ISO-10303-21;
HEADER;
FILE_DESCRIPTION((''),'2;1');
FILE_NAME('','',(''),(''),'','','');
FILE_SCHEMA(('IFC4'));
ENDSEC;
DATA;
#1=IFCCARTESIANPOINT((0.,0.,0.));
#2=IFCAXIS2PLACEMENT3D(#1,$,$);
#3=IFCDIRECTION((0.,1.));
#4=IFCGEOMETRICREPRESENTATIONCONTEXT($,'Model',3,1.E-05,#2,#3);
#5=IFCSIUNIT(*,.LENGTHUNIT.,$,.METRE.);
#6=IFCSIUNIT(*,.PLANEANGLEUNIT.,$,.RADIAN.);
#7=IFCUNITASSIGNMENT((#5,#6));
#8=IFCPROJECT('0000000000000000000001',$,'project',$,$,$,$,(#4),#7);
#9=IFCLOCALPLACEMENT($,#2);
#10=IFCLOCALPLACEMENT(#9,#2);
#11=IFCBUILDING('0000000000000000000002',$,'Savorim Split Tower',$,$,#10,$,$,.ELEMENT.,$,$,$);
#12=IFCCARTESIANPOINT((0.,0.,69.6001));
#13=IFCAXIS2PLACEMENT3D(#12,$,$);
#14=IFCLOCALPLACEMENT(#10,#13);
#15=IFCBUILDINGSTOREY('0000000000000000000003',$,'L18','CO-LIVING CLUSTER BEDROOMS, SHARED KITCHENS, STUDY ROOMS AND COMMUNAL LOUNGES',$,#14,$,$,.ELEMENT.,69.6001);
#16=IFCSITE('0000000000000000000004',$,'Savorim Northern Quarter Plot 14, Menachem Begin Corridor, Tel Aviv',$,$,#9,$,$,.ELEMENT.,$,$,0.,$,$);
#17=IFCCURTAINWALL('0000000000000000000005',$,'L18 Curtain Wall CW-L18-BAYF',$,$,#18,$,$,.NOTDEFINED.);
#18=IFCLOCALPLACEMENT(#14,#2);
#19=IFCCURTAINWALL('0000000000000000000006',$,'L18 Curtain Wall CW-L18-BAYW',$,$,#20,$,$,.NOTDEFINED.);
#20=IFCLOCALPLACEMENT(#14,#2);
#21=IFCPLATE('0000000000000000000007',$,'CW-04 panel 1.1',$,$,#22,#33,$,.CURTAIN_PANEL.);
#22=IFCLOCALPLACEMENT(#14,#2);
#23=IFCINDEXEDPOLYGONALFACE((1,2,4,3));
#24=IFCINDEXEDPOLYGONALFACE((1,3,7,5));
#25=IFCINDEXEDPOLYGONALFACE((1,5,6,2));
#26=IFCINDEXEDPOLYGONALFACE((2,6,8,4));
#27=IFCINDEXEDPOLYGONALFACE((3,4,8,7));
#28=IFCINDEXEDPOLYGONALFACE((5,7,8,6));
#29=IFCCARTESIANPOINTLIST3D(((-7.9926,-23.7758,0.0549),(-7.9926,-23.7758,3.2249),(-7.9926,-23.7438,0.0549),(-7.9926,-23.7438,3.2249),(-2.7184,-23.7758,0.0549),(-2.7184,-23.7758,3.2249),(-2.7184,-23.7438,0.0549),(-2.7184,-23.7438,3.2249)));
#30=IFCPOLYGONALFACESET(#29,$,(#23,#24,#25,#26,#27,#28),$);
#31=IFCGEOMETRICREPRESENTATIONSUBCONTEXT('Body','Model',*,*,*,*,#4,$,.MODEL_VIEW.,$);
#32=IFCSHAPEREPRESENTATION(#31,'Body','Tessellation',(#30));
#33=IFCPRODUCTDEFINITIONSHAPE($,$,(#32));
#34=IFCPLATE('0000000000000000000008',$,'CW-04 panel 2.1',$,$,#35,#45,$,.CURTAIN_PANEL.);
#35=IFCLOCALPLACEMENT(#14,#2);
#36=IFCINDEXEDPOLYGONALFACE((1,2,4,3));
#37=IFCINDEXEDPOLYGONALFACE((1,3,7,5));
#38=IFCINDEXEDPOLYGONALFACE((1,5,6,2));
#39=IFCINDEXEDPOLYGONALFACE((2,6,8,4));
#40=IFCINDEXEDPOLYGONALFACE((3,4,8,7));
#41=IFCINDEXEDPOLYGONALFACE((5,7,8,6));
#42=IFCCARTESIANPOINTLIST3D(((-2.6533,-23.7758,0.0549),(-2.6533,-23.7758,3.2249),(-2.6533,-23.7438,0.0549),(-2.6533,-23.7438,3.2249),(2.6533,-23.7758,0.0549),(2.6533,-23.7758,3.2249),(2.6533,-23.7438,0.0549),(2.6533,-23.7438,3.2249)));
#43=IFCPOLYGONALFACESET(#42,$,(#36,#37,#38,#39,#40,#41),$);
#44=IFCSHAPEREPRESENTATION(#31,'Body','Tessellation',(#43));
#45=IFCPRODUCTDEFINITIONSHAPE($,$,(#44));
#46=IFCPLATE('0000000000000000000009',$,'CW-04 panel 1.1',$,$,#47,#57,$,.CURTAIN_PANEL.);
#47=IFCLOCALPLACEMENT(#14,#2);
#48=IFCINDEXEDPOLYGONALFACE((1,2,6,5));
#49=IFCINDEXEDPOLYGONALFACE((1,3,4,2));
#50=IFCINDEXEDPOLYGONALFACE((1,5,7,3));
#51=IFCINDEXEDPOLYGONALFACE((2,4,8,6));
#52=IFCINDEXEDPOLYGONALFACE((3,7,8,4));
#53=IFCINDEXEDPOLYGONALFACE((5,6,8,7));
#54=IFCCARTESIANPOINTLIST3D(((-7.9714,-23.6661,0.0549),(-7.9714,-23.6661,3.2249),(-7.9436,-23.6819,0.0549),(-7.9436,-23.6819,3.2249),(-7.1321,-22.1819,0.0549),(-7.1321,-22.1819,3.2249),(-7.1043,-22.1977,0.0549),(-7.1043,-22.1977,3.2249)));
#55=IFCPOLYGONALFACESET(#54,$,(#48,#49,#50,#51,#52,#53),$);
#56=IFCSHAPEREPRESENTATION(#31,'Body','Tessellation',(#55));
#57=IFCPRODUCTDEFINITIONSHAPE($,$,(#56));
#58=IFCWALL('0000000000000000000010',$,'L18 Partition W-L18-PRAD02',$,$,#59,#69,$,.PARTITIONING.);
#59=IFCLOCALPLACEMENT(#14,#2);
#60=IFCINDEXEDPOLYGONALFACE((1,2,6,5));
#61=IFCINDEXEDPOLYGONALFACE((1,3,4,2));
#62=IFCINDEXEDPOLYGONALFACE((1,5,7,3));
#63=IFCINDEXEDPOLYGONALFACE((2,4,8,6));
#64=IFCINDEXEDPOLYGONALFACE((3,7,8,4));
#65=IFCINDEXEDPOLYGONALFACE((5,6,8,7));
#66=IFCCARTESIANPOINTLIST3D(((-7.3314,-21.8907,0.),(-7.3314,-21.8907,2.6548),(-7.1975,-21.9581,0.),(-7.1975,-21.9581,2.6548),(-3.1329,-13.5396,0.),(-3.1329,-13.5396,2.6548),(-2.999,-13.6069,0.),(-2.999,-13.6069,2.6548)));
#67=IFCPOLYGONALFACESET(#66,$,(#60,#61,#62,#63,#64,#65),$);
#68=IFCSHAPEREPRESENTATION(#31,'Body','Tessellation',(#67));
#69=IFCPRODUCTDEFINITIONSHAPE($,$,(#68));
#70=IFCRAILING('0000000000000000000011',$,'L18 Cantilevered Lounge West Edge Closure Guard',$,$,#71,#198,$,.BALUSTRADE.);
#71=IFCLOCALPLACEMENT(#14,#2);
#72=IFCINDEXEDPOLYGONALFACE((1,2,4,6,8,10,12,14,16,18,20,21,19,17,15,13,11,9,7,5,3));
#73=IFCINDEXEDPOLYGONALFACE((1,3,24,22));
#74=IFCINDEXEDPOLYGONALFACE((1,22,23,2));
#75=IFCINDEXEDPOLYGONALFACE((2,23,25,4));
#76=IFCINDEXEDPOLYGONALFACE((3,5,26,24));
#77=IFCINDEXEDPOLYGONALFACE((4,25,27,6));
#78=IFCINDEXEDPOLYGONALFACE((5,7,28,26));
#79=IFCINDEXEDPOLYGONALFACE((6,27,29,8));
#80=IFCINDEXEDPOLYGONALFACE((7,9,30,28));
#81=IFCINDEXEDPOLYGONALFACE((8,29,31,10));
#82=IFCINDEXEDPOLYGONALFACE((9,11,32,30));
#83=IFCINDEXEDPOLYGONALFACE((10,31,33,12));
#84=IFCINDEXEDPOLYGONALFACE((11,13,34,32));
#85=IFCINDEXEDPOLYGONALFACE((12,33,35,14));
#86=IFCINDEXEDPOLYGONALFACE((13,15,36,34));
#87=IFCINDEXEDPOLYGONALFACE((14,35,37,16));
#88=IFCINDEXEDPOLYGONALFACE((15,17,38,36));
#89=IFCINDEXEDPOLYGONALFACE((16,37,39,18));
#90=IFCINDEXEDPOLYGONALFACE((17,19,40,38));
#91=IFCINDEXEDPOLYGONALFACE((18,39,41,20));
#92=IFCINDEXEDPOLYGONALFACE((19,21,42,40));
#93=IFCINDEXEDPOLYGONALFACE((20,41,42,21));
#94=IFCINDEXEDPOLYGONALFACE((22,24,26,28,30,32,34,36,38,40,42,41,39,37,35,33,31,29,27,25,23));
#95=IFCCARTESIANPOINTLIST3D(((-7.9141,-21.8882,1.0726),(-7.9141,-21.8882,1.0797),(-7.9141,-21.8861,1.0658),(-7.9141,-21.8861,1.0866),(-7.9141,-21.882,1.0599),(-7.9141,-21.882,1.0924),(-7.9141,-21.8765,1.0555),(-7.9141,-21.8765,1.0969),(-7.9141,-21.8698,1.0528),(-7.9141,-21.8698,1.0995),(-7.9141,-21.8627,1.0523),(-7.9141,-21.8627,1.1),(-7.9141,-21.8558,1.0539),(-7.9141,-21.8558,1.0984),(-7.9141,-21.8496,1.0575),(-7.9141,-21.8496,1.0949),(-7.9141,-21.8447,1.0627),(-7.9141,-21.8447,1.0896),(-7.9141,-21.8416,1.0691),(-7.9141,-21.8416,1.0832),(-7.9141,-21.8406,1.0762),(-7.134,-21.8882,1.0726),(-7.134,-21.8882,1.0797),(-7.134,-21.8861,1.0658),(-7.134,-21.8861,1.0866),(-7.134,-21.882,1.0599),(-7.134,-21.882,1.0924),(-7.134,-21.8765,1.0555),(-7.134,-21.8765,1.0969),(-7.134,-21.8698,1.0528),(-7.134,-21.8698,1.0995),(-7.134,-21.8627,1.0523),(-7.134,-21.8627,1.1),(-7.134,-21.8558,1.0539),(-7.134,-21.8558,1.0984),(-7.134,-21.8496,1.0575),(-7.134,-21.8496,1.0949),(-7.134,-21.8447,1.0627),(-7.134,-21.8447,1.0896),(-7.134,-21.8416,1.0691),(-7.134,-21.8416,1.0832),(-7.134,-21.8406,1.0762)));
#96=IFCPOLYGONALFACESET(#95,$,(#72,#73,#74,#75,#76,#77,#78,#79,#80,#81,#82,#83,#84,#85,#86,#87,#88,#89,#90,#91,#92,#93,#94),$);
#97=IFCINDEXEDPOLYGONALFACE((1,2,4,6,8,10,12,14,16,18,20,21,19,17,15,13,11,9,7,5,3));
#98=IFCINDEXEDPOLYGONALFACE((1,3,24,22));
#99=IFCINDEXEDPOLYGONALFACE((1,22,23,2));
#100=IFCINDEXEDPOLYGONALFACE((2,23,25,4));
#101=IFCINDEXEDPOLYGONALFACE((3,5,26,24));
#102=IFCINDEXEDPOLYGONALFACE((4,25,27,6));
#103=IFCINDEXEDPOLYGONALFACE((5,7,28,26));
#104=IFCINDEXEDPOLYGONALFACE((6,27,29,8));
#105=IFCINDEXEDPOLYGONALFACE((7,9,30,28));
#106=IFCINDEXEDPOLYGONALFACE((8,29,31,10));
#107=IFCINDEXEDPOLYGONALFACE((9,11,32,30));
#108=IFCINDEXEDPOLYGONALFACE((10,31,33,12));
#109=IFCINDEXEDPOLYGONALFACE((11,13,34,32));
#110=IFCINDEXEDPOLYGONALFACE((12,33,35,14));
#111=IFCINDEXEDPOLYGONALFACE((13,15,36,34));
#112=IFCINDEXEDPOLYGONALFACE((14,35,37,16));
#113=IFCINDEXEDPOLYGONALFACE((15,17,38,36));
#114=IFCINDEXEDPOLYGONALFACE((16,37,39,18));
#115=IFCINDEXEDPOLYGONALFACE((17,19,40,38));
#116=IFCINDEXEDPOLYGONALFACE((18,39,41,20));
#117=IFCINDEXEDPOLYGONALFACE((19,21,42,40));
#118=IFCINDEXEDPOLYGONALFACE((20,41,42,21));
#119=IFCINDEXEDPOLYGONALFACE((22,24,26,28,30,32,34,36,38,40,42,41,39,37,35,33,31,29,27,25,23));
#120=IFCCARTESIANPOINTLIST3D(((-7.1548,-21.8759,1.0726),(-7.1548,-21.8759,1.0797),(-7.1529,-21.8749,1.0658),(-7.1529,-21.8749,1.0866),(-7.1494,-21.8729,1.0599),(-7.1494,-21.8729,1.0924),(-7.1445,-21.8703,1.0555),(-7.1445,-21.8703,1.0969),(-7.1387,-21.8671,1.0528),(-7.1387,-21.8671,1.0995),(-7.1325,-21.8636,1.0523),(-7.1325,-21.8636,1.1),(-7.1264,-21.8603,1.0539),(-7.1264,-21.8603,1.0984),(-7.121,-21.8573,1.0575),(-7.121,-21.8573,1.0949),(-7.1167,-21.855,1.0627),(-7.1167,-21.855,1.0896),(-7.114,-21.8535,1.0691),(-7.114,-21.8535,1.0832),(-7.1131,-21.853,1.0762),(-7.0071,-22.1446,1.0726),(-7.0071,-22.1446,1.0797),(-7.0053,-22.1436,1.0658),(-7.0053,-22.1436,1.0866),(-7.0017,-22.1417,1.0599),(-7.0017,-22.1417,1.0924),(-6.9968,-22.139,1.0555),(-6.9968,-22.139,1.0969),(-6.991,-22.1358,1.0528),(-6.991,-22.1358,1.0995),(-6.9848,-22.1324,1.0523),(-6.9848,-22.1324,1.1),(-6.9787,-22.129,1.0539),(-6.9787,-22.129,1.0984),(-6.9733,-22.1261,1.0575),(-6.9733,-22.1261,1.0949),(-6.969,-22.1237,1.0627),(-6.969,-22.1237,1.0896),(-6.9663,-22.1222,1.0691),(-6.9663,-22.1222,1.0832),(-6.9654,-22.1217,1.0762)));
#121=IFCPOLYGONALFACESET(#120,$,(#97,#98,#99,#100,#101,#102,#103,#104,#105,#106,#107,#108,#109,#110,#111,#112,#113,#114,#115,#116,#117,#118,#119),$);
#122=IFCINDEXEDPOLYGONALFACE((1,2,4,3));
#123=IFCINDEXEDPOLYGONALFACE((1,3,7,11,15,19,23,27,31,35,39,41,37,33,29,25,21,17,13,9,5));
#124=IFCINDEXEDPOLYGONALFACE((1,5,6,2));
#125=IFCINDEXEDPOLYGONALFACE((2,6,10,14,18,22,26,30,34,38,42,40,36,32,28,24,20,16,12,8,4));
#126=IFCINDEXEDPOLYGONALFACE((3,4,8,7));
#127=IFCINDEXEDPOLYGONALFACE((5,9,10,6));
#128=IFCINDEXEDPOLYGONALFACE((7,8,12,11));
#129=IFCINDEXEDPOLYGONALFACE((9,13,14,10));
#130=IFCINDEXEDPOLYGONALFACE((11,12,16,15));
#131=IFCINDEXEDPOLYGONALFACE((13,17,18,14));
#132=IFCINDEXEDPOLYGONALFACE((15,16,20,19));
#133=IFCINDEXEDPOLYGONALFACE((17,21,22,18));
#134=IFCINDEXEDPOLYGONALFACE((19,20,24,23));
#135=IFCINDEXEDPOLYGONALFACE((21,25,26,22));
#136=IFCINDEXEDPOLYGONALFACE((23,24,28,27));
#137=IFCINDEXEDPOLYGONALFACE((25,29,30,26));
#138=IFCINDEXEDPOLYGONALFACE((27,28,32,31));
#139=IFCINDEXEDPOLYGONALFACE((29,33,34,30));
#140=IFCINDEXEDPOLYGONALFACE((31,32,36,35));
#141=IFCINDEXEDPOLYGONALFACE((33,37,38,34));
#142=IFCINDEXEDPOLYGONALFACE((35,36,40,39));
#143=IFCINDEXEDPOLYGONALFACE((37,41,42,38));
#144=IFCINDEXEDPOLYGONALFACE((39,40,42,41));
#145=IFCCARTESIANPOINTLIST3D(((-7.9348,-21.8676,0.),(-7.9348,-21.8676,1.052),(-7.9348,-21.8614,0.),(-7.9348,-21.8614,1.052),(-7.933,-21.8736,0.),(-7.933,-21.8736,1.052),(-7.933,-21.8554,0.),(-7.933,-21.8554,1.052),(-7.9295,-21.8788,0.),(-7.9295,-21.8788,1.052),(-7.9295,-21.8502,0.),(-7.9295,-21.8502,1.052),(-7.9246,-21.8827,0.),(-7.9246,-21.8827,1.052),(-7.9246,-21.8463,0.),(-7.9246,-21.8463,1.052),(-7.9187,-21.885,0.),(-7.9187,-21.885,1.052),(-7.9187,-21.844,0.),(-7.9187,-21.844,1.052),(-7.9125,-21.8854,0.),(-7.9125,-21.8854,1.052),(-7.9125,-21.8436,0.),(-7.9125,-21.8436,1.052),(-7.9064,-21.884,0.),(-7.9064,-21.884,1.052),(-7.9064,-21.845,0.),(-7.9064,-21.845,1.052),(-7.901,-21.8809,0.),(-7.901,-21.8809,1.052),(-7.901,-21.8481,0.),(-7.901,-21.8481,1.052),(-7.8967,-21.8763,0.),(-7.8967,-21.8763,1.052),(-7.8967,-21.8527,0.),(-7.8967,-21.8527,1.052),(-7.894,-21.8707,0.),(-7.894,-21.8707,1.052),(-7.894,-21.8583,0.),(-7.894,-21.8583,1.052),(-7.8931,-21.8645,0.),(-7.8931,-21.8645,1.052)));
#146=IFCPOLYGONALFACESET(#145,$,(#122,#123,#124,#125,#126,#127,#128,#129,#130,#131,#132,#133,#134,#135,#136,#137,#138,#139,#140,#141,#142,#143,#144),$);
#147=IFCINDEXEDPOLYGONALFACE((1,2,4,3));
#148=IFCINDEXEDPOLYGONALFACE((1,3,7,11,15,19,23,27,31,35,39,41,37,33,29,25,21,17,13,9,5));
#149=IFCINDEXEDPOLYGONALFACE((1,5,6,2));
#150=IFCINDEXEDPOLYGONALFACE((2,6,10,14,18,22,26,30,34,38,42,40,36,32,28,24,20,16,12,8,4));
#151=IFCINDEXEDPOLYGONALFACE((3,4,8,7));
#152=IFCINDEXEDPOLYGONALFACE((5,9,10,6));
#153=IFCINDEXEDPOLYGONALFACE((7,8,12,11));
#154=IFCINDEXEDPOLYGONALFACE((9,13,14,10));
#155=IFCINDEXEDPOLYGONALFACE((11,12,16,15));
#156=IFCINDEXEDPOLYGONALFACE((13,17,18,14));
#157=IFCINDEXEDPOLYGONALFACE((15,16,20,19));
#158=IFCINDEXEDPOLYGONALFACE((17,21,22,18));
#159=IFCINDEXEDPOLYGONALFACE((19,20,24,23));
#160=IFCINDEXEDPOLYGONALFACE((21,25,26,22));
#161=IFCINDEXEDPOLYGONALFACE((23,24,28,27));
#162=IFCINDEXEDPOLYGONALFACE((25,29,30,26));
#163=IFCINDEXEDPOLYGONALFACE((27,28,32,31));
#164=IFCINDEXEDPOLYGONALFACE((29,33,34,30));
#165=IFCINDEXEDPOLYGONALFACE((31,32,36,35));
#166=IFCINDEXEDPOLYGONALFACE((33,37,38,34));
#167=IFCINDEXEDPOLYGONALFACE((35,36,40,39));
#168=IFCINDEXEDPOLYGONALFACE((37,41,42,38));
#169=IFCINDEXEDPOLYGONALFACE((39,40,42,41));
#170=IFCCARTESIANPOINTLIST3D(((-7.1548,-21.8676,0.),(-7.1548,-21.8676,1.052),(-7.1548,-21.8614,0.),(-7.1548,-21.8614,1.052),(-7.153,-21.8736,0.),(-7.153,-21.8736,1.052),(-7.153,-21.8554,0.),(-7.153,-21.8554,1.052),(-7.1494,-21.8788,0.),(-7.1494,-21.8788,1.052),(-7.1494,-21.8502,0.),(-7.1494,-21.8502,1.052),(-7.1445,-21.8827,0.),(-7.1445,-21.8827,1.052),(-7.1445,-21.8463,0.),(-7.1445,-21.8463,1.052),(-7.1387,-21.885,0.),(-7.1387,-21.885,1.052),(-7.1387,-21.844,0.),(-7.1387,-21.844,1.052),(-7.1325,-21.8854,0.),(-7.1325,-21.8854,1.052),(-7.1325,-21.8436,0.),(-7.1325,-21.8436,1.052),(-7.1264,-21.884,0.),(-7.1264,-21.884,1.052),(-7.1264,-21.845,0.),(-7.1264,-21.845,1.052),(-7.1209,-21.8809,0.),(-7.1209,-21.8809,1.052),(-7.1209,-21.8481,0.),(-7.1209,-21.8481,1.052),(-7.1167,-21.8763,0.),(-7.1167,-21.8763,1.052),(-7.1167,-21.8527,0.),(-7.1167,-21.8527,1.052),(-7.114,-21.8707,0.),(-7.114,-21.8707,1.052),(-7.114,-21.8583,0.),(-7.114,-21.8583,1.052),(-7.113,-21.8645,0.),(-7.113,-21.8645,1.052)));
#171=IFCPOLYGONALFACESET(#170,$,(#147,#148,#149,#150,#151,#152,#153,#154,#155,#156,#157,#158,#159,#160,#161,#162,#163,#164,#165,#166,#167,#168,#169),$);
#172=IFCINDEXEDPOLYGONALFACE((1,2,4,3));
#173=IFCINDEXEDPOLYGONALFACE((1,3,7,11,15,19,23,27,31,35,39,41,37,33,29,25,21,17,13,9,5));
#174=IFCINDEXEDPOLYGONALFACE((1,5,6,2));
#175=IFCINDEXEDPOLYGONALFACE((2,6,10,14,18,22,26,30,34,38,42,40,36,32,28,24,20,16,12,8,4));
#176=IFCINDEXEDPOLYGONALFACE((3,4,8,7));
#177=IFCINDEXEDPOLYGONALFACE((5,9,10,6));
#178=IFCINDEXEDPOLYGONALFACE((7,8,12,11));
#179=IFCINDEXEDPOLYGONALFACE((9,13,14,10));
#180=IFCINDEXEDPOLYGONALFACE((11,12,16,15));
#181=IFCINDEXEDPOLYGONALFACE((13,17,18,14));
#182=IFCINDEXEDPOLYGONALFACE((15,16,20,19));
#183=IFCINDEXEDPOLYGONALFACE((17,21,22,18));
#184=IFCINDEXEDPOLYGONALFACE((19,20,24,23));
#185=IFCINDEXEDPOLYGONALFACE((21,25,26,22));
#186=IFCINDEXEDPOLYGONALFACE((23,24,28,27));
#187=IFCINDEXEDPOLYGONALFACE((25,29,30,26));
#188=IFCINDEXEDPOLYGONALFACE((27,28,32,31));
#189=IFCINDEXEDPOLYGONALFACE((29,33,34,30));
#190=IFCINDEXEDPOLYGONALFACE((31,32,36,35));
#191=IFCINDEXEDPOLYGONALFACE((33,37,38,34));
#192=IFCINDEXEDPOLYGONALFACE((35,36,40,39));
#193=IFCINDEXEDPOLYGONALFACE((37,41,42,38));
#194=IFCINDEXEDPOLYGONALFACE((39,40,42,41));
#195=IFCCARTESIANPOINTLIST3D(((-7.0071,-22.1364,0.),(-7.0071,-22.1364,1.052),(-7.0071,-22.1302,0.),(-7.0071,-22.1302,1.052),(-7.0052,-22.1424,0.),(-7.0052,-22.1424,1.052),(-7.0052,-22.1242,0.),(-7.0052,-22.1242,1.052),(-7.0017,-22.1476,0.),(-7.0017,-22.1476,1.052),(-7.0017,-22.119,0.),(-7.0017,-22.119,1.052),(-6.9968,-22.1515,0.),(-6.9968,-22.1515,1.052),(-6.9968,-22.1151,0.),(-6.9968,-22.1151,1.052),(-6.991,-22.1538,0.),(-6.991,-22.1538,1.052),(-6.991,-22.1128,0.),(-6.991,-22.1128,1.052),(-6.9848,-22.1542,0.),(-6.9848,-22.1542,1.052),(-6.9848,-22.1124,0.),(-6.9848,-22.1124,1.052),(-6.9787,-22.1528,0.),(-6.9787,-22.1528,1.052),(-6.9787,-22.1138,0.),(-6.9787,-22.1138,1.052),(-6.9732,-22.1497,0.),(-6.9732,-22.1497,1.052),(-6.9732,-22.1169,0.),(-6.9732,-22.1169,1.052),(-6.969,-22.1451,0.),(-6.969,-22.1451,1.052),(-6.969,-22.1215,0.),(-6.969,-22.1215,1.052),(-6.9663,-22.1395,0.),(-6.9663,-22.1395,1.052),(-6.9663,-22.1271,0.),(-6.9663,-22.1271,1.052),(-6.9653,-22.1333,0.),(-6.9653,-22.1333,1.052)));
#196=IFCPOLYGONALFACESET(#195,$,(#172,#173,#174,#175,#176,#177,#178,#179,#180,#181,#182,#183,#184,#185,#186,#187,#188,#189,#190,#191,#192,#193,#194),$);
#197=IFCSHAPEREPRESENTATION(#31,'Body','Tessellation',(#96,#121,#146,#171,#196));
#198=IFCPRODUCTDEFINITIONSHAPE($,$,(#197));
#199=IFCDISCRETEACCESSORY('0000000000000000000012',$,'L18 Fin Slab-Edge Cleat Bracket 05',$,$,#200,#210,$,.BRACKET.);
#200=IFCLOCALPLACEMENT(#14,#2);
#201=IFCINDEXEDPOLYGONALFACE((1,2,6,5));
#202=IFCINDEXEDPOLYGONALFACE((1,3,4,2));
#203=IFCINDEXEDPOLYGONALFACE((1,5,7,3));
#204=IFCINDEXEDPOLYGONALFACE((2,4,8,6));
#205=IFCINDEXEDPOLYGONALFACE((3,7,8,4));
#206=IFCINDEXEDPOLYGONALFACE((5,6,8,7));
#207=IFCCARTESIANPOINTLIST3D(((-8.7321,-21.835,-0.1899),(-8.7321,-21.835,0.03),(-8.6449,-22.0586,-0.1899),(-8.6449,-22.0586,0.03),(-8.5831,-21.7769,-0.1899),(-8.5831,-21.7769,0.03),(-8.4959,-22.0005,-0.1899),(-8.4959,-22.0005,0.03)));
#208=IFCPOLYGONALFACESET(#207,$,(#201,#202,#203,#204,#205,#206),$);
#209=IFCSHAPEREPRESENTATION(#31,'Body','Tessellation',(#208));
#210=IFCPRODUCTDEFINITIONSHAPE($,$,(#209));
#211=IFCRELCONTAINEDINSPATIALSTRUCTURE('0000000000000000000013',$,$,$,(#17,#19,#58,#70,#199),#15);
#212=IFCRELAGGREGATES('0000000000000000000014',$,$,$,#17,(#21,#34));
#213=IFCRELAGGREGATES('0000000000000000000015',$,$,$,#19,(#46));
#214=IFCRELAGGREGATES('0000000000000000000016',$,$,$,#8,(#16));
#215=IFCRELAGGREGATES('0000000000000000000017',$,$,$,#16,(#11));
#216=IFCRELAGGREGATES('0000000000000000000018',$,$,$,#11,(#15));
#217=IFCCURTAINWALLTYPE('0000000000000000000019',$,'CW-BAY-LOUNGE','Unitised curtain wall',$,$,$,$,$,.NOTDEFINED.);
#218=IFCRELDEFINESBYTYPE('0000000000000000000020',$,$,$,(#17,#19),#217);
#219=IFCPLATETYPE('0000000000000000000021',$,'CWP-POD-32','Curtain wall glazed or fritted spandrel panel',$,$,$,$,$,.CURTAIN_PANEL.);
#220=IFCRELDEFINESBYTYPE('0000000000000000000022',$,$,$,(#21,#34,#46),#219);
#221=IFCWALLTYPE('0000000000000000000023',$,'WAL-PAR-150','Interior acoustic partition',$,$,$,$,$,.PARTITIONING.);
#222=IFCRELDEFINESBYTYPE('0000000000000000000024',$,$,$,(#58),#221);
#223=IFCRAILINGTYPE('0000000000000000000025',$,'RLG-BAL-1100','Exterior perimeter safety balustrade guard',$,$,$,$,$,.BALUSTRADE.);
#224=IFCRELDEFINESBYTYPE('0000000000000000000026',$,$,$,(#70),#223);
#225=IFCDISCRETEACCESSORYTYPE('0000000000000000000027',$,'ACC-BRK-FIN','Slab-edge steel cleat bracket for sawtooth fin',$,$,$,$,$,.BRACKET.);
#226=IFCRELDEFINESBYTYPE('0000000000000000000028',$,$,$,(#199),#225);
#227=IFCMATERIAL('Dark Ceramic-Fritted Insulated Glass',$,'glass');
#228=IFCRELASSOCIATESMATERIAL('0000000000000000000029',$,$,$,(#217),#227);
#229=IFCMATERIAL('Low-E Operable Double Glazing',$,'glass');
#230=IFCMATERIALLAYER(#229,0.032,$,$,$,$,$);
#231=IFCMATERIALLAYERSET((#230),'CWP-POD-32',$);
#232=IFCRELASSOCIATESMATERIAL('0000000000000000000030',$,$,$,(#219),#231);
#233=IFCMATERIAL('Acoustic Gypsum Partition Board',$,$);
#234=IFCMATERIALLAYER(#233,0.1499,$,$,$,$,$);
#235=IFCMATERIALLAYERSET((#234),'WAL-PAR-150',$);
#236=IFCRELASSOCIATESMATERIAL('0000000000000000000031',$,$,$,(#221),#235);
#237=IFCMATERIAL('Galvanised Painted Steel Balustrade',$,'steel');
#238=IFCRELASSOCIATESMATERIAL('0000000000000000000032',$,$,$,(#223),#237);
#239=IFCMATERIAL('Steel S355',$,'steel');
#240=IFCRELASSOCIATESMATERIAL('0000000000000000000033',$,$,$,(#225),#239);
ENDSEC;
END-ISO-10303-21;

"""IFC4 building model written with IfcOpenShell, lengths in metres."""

from ifc_helpers import new_model, si_unit, direction, frame, frame_2d, origin, origin_2d, place, context, subcontext, project, spatial, rectangle, circle, extrude, material, layer, layer_set, type_object, element, aggregate, save


model = new_model("IFC4")

# Units and contexts
model_context = context("Model", 3, precision=1e-05, world=origin(), true_north=direction((0.0, 1.0)))
body_context = subcontext(model_context, "Body", "Model", "MODEL_VIEW")
ifc_project = project(units=[si_unit("LENGTHUNIT", "METRE"), si_unit("PLANEANGLEUNIT", "RADIAN")], contexts=[model_context])

# Site, building, storey
site_placement = place(None, origin())
site = spatial("IfcSite", under=ifc_project, at=site_placement, Name="Savorim Northern Quarter Plot 14, Menachem Begin Corridor, Tel Aviv", CompositionType="ELEMENT", RefElevation=0.0)
building_placement = place(site_placement, origin())
building = spatial("IfcBuilding", under=site, at=building_placement, Name="Savorim Split Tower", CompositionType="ELEMENT")
storey_placement = place(building_placement, frame((0.0, 0.0, 69.6001)))
storey = spatial("IfcBuildingStorey", under=building, at=storey_placement, Name="L18", Description="CO-LIVING CLUSTER BEDROOMS, SHARED KITCHENS, STUDY ROOMS AND COMMUNAL LOUNGES", CompositionType="ELEMENT", Elevation=69.6001)

# Shared definitions
ifc_material_1 = material(Name="Steel S355", Category="steel")

# Shared definitions
ifc_material_2 = material(Name="Dark Ceramic-Fritted Insulated Glass", Category="glass")

# Curtain walls
curtain_wall_type_1 = type_object("IfcCurtainWallType", Name="CW-BAY-LOUNGE", Description="Unitised curtain wall", PredefinedType="NOTDEFINED", material=ifc_material_2)
curtain_wall_1_placement = place(storey_placement, origin())
curtain_wall_1 = element("IfcCurtainWall", 1, at=curtain_wall_1_placement, inside=storey, type_object=curtain_wall_type_1, Name="L18 Curtain Wall CW-L18-BAYF", PredefinedType="NOTDEFINED")
curtain_wall_2_placement = place(storey_placement, origin())
curtain_wall_2 = element("IfcCurtainWall", 2, at=curtain_wall_2_placement, inside=storey, type_object=curtain_wall_type_1, Name="L18 Curtain Wall CW-L18-BAYW", PredefinedType="NOTDEFINED")

# Plates
ifc_material_3 = material(Name="Low-E Operable Double Glazing", Category="glass")
ifc_layer_1 = layer(ifc_material_3, 0.032)
ifc_layer_set_1 = layer_set([ifc_layer_1], Name="CWP-POD-32")
plate_type = type_object("IfcPlateType", Name="CWP-POD-32", Description="Curtain wall glazed or fritted spandrel panel", PredefinedType="CURTAIN_PANEL", material=ifc_layer_set_1)
plate_1_placement = place(storey_placement, frame((-5.3555, -23.7598, 0.0549), z_axis=(0.0, 0.0, 1.0), x_axis=(1.0, 0.0, 0.0)))
plate_1 = element("IfcPlate", 3, at=plate_1_placement, type_object=plate_type, Name="CW-04 panel 1.1", PredefinedType="CURTAIN_PANEL", context=body_context, shape_type="SweptSolid", body=[
    extrude(rectangle(XDim=5.2742, YDim=0.032, at=origin_2d()), origin(), (0.0, 0.0, 1.0), 3.1699),
])
plate_2_placement = place(storey_placement, frame((0.0, -23.7598, 0.0549), z_axis=(0.0, 0.0, 1.0), x_axis=(1.0, 0.0, 0.0)))
plate_2 = element("IfcPlate", 4, at=plate_2_placement, type_object=plate_type, Name="CW-04 panel 2.1", PredefinedType="CURTAIN_PANEL", context=body_context, shape_type="SweptSolid", body=[
    extrude(rectangle(XDim=5.3066, YDim=0.032, at=origin_2d()), origin(), (0.0, 0.0, 1.0), 3.1699),
])
aggregate(curtain_wall_1, [plate_1, plate_2])
plate_3_placement = place(storey_placement, frame((-7.5378, -22.9319, 0.0549), z_axis=(0.0, 0.0, 1.0), x_axis=(-0.492255, -0.870451, 0.0)))
plate_3 = element("IfcPlate", 5, at=plate_3_placement, type_object=plate_type, Name="CW-04 panel 1.1", PredefinedType="CURTAIN_PANEL", context=body_context, shape_type="SweptSolid", body=[
    extrude(rectangle(XDim=1.7051, YDim=0.032, at=origin_2d()), origin(), (0.0, 0.0, 1.0), 3.1699),
])
aggregate(curtain_wall_2, [plate_3])

# Wall
ifc_material_4 = material(Name="Acoustic Gypsum Partition Board")
ifc_layer_2 = layer(ifc_material_4, 0.1499)
ifc_layer_set_2 = layer_set([ifc_layer_2], Name="WAL-PAR-150")
wall_type = type_object("IfcWallType", Name="WAL-PAR-150", Description="Interior acoustic partition", PredefinedType="PARTITIONING", material=ifc_layer_set_2)
wall_placement = place(storey_placement, frame((-3.0659, -13.5732, 0.0), z_axis=(0.0, 0.0, 1.0), x_axis=(-0.449177, -0.893443, 0.0)))
element("IfcWall", 6, at=wall_placement, inside=storey, type_object=wall_type, Name="L18 Partition W-L18-PRAD02", PredefinedType="PARTITIONING", context=body_context, shape_type="SweptSolid", body=[
    extrude(rectangle(XDim=9.3472, YDim=0.1499, at=frame_2d((4.6736, 0.0))), origin(), (0.0, 0.0, 1.0), 2.6548),
])

# Railing
ifc_material_5 = material(Name="Galvanised Painted Steel Balustrade", Category="steel")
railing_type = type_object("IfcRailingType", Name="RLG-BAL-1100", Description="Exterior perimeter safety balustrade guard", PredefinedType="BALUSTRADE", material=ifc_material_5)
railing_placement = place(storey_placement, frame((-7.9141, -21.8645, 0.0)))
element("IfcRailing", 7, at=railing_placement, inside=storey, type_object=railing_type, Name="L18 Cantilevered Lounge West Edge Closure Guard", PredefinedType="BALUSTRADE", context=body_context, shape_type="SweptSolid", body=[
    extrude(circle(Radius=0.0239, at=origin_2d()), frame((0.0, 0.0, 1.0762), z_axis=(1.0, 0.0, 0.0), x_axis=(0.0, 1.0, 0.0)), (0.0, 0.0, 1.0), 0.78),
    extrude(circle(Radius=0.0239, at=origin_2d()), frame((0.78, 0.0, 1.0762), z_axis=(0.481583, -0.876401, 0.0), x_axis=(0.876401, 0.481583, 0.0)), (0.0, 0.0, 1.0), 0.3066),
    extrude(circle(Radius=0.021, at=origin_2d()), origin(), (0.0, 0.0, 1.0), 1.052),
    extrude(circle(Radius=0.021, at=origin_2d()), frame((0.78, 0.0, 0.0)), (0.0, 0.0, 1.0), 1.052),
    extrude(circle(Radius=0.021, at=origin_2d()), frame((0.9277, -0.2688, 0.0)), (0.0, 0.0, 1.0), 1.052),
])

# Discrete accessory
discrete_accessory_type = type_object("IfcDiscreteAccessoryType", Name="ACC-BRK-FIN", Description="Slab-edge steel cleat bracket for sawtooth fin", PredefinedType="BRACKET", material=ifc_material_1)
discrete_accessory_placement = place(storey_placement, frame((-8.614, -21.9177, -0.1899), z_axis=(0.0, 0.0, 1.0), x_axis=(0.363415, -0.931627, 0.0)))
element("IfcDiscreteAccessory", 8, at=discrete_accessory_placement, inside=storey, type_object=discrete_accessory_type, Name="L18 Fin Slab-Edge Cleat Bracket 05", PredefinedType="BRACKET", context=body_context, shape_type="SweptSolid", body=[
    extrude(rectangle(XDim=0.24, YDim=0.1599, at=origin_2d()), origin(), (0.0, 0.0, 1.0), 0.22),
])

save(model, "model.ifc")
